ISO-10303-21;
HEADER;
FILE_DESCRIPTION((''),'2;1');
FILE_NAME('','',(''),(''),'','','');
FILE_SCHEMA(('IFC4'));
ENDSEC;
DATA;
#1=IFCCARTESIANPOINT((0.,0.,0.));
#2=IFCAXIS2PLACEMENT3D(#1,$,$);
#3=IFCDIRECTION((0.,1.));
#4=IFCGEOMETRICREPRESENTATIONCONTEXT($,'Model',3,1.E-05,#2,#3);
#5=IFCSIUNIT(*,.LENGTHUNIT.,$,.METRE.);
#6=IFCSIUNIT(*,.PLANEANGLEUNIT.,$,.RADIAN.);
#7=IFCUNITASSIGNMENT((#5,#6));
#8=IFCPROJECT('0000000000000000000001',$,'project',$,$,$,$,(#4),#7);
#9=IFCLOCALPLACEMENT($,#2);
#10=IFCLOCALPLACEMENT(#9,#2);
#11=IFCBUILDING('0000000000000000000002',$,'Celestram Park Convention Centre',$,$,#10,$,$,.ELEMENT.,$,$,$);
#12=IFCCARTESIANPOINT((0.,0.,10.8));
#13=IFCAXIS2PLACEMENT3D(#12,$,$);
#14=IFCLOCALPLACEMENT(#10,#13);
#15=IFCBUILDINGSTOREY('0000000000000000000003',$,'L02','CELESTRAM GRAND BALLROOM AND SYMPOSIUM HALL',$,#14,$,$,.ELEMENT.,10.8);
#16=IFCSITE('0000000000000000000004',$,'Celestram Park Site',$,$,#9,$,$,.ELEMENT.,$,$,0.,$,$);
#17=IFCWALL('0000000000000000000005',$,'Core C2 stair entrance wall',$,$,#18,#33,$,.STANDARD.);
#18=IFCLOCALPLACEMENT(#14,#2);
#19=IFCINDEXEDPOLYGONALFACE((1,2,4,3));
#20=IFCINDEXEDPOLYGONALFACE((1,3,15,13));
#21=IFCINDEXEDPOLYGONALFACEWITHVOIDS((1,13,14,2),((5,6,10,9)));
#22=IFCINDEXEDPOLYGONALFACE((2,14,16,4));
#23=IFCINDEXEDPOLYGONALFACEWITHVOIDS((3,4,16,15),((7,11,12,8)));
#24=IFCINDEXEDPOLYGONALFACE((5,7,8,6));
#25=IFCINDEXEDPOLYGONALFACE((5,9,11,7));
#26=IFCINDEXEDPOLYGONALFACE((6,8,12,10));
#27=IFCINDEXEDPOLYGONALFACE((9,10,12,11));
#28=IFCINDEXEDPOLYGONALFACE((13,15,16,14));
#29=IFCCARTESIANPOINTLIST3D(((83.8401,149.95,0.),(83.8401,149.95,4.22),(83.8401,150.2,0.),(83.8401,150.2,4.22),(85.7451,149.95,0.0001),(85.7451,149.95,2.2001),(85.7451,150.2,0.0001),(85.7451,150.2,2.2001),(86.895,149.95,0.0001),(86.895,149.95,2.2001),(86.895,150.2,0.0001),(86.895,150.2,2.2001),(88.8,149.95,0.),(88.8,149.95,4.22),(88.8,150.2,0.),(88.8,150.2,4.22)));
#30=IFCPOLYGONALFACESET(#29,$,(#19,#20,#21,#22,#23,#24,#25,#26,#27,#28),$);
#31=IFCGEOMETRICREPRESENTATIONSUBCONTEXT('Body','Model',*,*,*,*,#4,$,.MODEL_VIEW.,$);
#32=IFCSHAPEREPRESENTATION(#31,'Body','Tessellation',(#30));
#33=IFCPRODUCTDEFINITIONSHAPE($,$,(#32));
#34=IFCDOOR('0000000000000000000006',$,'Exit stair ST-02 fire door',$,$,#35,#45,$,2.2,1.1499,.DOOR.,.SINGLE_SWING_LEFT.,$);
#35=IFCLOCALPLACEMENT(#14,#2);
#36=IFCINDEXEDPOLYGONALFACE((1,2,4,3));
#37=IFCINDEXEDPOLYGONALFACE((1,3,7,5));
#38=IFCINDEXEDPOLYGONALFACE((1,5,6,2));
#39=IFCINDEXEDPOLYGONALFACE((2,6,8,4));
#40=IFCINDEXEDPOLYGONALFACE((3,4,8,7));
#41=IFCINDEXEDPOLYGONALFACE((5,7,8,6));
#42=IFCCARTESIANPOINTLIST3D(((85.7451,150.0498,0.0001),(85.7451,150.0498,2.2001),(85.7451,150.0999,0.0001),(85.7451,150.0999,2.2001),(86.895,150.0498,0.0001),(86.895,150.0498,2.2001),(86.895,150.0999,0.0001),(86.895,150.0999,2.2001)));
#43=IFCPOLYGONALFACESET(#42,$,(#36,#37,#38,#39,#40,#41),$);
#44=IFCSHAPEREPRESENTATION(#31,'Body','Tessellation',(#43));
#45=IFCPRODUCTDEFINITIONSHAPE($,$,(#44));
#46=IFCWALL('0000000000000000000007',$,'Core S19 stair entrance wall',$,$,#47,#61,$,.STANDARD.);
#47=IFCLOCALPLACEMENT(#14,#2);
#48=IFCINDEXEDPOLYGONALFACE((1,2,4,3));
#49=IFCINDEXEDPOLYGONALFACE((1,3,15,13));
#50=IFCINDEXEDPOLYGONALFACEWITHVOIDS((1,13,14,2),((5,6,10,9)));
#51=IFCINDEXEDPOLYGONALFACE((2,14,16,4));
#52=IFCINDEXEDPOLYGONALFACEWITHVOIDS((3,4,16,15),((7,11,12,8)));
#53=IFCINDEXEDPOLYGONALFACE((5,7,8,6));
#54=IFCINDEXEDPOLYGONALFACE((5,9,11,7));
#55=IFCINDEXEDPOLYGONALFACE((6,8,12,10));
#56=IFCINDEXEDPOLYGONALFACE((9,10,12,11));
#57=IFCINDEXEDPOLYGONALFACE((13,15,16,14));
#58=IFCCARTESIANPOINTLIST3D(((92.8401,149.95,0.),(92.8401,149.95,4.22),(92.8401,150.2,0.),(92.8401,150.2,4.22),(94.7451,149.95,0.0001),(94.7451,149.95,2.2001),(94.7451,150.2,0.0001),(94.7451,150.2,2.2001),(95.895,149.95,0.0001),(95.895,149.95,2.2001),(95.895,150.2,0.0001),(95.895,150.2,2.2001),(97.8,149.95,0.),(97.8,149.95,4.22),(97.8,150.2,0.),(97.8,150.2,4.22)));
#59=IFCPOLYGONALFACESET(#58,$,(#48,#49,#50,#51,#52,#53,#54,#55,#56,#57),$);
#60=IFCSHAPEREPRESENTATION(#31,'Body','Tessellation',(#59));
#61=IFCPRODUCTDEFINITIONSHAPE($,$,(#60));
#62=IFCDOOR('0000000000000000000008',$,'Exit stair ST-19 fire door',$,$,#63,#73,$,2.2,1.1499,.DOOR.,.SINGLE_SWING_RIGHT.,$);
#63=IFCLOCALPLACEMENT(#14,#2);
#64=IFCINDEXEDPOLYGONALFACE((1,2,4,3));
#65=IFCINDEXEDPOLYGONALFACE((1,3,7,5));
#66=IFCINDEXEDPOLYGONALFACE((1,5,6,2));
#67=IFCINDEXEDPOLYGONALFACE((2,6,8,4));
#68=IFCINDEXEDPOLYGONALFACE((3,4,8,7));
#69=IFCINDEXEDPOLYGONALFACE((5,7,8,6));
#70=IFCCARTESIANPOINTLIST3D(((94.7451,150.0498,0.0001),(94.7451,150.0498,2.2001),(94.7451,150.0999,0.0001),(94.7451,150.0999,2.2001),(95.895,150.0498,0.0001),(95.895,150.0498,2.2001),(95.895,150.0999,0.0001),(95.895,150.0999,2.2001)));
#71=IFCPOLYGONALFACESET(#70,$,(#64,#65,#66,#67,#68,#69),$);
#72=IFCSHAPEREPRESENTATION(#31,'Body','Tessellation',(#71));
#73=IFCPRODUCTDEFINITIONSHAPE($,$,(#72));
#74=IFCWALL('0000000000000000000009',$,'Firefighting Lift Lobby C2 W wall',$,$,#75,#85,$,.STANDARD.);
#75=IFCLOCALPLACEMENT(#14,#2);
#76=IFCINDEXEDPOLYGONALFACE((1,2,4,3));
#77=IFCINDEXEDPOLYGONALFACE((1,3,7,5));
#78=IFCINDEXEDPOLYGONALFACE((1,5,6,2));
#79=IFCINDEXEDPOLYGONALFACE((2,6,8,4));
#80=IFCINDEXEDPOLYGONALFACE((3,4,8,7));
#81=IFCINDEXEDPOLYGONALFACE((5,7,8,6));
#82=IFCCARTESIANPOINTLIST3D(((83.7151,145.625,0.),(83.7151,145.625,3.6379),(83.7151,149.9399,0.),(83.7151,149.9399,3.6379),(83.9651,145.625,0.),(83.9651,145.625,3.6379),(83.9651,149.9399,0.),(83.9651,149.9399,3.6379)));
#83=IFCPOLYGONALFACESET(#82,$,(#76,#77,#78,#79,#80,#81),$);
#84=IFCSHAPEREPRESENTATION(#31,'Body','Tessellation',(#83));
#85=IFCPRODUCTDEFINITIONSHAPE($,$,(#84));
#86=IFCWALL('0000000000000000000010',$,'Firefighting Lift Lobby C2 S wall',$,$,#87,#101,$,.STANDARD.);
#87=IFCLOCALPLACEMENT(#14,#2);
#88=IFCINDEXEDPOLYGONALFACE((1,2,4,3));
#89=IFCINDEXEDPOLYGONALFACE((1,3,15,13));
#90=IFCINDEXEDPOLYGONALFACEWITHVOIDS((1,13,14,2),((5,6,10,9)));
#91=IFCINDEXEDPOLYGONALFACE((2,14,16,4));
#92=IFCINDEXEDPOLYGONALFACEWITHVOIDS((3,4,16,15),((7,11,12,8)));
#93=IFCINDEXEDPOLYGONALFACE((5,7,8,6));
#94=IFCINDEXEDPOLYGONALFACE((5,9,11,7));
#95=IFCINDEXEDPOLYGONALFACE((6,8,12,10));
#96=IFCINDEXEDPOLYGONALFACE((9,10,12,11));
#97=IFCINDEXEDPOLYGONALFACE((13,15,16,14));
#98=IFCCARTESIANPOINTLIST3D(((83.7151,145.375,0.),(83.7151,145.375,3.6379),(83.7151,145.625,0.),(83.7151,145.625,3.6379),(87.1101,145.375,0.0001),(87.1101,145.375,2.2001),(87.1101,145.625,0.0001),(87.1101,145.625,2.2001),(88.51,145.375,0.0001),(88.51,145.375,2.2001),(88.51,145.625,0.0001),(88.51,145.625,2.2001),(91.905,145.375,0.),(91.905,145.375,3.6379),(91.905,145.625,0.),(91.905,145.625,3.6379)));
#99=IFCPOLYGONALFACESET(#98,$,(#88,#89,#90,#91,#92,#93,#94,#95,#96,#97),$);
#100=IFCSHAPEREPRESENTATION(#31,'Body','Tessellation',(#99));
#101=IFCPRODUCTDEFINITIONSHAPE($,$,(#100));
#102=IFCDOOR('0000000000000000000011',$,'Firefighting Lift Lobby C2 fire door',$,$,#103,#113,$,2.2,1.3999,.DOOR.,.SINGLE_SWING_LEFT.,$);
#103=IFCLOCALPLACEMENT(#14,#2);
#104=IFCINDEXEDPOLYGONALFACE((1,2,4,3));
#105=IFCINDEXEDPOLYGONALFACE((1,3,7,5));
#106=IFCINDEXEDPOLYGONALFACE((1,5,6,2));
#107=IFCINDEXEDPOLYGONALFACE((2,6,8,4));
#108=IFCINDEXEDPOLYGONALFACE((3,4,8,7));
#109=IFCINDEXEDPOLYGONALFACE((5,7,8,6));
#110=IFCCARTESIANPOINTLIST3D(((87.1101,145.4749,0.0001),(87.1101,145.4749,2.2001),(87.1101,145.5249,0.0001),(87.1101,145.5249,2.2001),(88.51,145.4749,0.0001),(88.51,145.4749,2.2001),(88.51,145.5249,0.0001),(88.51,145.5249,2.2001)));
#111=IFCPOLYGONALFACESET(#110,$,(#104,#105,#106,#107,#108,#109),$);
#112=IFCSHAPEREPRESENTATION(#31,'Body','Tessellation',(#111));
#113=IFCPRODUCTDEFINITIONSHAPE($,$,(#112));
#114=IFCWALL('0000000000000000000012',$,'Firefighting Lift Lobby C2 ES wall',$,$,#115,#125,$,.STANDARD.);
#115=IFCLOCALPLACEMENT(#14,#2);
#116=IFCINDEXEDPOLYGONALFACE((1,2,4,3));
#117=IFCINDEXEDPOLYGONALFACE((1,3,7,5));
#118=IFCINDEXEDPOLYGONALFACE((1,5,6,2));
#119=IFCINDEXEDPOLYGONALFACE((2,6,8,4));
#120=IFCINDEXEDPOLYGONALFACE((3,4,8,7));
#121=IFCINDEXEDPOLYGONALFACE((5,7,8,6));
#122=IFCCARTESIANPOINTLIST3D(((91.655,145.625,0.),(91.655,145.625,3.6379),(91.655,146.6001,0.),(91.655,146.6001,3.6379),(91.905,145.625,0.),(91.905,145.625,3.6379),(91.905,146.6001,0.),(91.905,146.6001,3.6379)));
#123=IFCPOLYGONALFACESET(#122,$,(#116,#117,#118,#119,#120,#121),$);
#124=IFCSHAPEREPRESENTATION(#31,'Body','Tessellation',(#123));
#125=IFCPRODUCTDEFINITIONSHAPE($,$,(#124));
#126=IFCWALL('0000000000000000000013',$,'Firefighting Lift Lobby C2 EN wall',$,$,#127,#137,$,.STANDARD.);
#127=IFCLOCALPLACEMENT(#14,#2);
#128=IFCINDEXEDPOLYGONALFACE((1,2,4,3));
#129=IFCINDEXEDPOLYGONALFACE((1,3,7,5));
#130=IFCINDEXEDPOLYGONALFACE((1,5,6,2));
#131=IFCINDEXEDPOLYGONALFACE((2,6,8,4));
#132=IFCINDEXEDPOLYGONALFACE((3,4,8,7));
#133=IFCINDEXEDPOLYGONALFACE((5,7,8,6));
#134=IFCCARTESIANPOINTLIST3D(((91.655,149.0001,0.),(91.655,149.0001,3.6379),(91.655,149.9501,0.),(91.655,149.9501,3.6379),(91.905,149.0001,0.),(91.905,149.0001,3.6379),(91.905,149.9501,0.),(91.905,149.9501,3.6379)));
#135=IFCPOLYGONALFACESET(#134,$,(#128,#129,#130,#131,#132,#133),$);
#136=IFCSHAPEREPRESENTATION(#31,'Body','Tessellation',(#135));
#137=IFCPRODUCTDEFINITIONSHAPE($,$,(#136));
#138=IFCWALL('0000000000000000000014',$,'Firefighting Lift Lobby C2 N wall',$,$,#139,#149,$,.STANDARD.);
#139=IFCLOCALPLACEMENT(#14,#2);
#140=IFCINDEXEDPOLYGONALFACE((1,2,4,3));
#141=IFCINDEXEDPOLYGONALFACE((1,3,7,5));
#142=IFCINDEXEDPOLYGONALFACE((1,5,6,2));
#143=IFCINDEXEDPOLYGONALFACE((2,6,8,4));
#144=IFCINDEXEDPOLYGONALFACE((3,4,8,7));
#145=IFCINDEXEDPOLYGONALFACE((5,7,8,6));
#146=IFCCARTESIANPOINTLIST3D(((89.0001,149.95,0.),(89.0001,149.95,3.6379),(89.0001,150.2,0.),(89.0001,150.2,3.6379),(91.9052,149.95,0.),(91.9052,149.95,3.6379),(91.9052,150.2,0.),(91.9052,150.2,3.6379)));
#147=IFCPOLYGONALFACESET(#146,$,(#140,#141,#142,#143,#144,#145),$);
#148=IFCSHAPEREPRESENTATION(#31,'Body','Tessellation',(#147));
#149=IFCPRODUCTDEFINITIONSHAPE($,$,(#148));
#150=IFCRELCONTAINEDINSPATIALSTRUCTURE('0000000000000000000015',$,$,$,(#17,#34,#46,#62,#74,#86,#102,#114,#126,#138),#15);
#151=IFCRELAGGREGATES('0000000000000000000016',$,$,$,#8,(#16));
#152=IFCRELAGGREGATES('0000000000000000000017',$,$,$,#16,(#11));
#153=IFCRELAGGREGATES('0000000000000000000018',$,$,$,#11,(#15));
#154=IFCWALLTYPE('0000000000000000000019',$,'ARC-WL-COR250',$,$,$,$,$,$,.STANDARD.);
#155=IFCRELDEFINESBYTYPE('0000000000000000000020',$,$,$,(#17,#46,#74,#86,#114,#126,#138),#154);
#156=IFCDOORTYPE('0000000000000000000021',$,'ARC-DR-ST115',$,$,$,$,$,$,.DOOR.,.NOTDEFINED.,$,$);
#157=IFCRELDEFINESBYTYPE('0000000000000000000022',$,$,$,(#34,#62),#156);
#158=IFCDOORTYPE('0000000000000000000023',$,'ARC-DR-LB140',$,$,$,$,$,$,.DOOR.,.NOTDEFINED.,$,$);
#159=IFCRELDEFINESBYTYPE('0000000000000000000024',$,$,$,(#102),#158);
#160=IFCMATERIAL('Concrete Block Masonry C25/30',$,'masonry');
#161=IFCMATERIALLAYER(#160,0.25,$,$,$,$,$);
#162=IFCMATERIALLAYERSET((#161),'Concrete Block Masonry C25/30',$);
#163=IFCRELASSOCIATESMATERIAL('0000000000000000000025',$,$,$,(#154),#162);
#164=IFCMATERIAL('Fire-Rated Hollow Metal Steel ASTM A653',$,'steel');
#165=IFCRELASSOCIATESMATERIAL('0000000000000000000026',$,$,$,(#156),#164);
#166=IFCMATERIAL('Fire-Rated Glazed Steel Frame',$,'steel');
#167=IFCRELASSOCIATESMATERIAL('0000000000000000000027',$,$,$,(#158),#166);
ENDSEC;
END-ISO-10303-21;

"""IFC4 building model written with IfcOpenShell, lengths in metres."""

from ifc_helpers import new_model, si_unit, direction, frame, frame_2d, origin, place, context, subcontext, project, spatial, rectangle, extrude, material, layer, layer_set, type_object, element, fill, save


model = new_model("IFC4")

# Units and contexts
model_context = context("Model", 3, precision=1e-05, world=origin(), true_north=direction((0.0, 1.0)))
body_context = subcontext(model_context, "Body", "Model", "MODEL_VIEW")
ifc_project = project(units=[si_unit("LENGTHUNIT", "METRE"), si_unit("PLANEANGLEUNIT", "RADIAN")], contexts=[model_context])

# Site, building, storey
site_placement = place(None, origin())
site = spatial("IfcSite", under=ifc_project, at=site_placement, Name="Celestram Park Site", CompositionType="ELEMENT", RefElevation=0.0)
building_placement = place(site_placement, origin())
building = spatial("IfcBuilding", under=site, at=building_placement, Name="Celestram Park Convention Centre", CompositionType="ELEMENT")
storey_placement = place(building_placement, frame((0.0, 0.0, 10.8)))
storey = spatial("IfcBuildingStorey", under=building, at=storey_placement, Name="L02", Description="CELESTRAM GRAND BALLROOM AND SYMPOSIUM HALL", CompositionType="ELEMENT", Elevation=10.8)

# Walls, openings, doors
ifc_material_1 = material(Name="Concrete Block Masonry C25/30", Category="masonry")
ifc_layer_1 = layer(ifc_material_1, 0.25)
ifc_layer_set_1 = layer_set([ifc_layer_1], Name="Concrete Block Masonry C25/30")
wall_type_1 = type_object("IfcWallType", Name="ARC-WL-COR250", PredefinedType="STANDARD", material=ifc_layer_set_1)
wall_1_placement = place(storey_placement, frame((83.8401, 150.075, 0.0), z_axis=(0.0, 0.0, 1.0), x_axis=(1.0, 0.0, 0.0)))
wall_1 = element("IfcWall", 1, at=wall_1_placement, inside=storey, type_object=wall_type_1, Name="Core C2 stair entrance wall", PredefinedType="STANDARD", context=body_context, shape_type="SweptSolid", body=[
    extrude(rectangle(XDim=4.96, YDim=0.25, at=frame_2d((2.48, 0.0))), origin(), (0.0, 0.0, 1.0), 4.22),
])
opening_1_placement = place(wall_1_placement, frame((1.905, 0.0, 0.0)))
opening_1 = element("IfcOpeningElement", 2, at=opening_1_placement, cuts=wall_1, PredefinedType="OPENING", context=body_context, shape_type="SweptSolid", body=[
    extrude(rectangle(XDim=1.1499, YDim=2.2, at=frame_2d((0.575, 1.1001))), frame((0.0, 0.135, 0.0), z_axis=(0.0, -1.0, 0.0), x_axis=(1.0, 0.0, 0.0)), (0.0, 0.0, 1.0), 0.27),
])
ifc_material_2 = material(Name="Fire-Rated Hollow Metal Steel ASTM A653", Category="steel")
door_type_1 = type_object("IfcDoorType", Name="ARC-DR-ST115", OperationType="NOTDEFINED", PredefinedType="DOOR", material=ifc_material_2)
door_1_placement = place(opening_1_placement, origin())
door_1 = element("IfcDoor", 3, at=door_1_placement, inside=storey, type_object=door_type_1, Name="Exit stair ST-02 fire door", OperationType="SINGLE_SWING_LEFT", OverallHeight=2.2, OverallWidth=1.1499, PredefinedType="DOOR", context=body_context, shape_type="SweptSolid", body=[
    extrude(rectangle(XDim=1.1499, YDim=2.2, at=frame_2d((0.575, 1.1001))), frame((0.0, 0.0249, 0.0), z_axis=(0.0, -1.0, 0.0), x_axis=(1.0, 0.0, 0.0)), (0.0, 0.0, 1.0), 0.05),
])
fill(opening_1, door_1)
wall_2_placement = place(storey_placement, frame((92.8401, 150.075, 0.0), z_axis=(0.0, 0.0, 1.0), x_axis=(1.0, 0.0, 0.0)))
wall_2 = element("IfcWall", 4, at=wall_2_placement, inside=storey, type_object=wall_type_1, Name="Core S19 stair entrance wall", PredefinedType="STANDARD", context=body_context, shape_type="SweptSolid", body=[
    extrude(rectangle(XDim=4.96, YDim=0.25, at=frame_2d((2.48, 0.0))), origin(), (0.0, 0.0, 1.0), 4.22),
])
opening_2_placement = place(wall_2_placement, frame((1.905, 0.0, 0.0)))
opening_2 = element("IfcOpeningElement", 5, at=opening_2_placement, cuts=wall_2, PredefinedType="OPENING", context=body_context, shape_type="SweptSolid", body=[
    extrude(rectangle(XDim=1.1499, YDim=2.2, at=frame_2d((0.575, 1.1001))), frame((0.0, 0.135, 0.0), z_axis=(0.0, -1.0, 0.0), x_axis=(1.0, 0.0, 0.0)), (0.0, 0.0, 1.0), 0.27),
])
door_2_placement = place(opening_2_placement, origin())
door_2 = element("IfcDoor", 6, at=door_2_placement, inside=storey, type_object=door_type_1, Name="Exit stair ST-19 fire door", OperationType="SINGLE_SWING_RIGHT", OverallHeight=2.2, OverallWidth=1.1499, PredefinedType="DOOR", context=body_context, shape_type="SweptSolid", body=[
    extrude(rectangle(XDim=1.1499, YDim=2.2, at=frame_2d((0.575, 1.1001))), frame((0.0, 0.0249, 0.0), z_axis=(0.0, -1.0, 0.0), x_axis=(1.0, 0.0, 0.0)), (0.0, 0.0, 1.0), 0.05),
])
fill(opening_2, door_2)

# Wall
wall_3_placement = place(storey_placement, frame((83.8401, 149.9399, 0.0), z_axis=(0.0, 0.0, 1.0), x_axis=(0.0, -1.0, 0.0)))
element("IfcWall", 7, at=wall_3_placement, inside=storey, type_object=wall_type_1, Name="Firefighting Lift Lobby C2 W wall", PredefinedType="STANDARD", context=body_context, shape_type="SweptSolid", body=[
    extrude(rectangle(XDim=4.3149, YDim=0.25, at=frame_2d((2.1575, 0.0))), origin(), (0.0, 0.0, 1.0), 3.6379),
])

# Wall, opening, door
wall_4_placement = place(storey_placement, frame((83.7151, 145.5, 0.0), z_axis=(0.0, 0.0, 1.0), x_axis=(1.0, 0.0, 0.0)))
wall_4 = element("IfcWall", 8, at=wall_4_placement, inside=storey, type_object=wall_type_1, Name="Firefighting Lift Lobby C2 S wall", PredefinedType="STANDARD", context=body_context, shape_type="SweptSolid", body=[
    extrude(rectangle(XDim=8.1899, YDim=0.25, at=frame_2d((4.095, 0.0))), origin(), (0.0, 0.0, 1.0), 3.6379),
])
opening_3_placement = place(wall_4_placement, frame((3.395, 0.0, 0.0)))
opening_3 = element("IfcOpeningElement", 9, at=opening_3_placement, cuts=wall_4, PredefinedType="OPENING", context=body_context, shape_type="SweptSolid", body=[
    extrude(rectangle(XDim=1.3999, YDim=2.2, at=frame_2d((0.7, 1.1001))), frame((0.0, 0.135, 0.0), z_axis=(0.0, -1.0, 0.0), x_axis=(1.0, 0.0, 0.0)), (0.0, 0.0, 1.0), 0.27),
])
ifc_material_3 = material(Name="Fire-Rated Glazed Steel Frame", Category="steel")
door_type_2 = type_object("IfcDoorType", Name="ARC-DR-LB140", OperationType="NOTDEFINED", PredefinedType="DOOR", material=ifc_material_3)
door_3_placement = place(opening_3_placement, origin())
door_3 = element("IfcDoor", 10, at=door_3_placement, inside=storey, type_object=door_type_2, Name="Firefighting Lift Lobby C2 fire door", OperationType="SINGLE_SWING_LEFT", OverallHeight=2.2, OverallWidth=1.3999, PredefinedType="DOOR", context=body_context, shape_type="SweptSolid", body=[
    extrude(rectangle(XDim=1.3999, YDim=2.2, at=frame_2d((0.7, 1.1001))), frame((0.0, 0.0249, 0.0), z_axis=(0.0, -1.0, 0.0), x_axis=(1.0, 0.0, 0.0)), (0.0, 0.0, 1.0), 0.05),
])
fill(opening_3, door_3)

# Walls
wall_5_placement = place(storey_placement, frame((91.78, 145.625, 0.0), z_axis=(0.0, 0.0, 1.0), x_axis=(0.0, 1.0, 0.0)))
element("IfcWall", 11, at=wall_5_placement, inside=storey, type_object=wall_type_1, Name="Firefighting Lift Lobby C2 ES wall", PredefinedType="STANDARD", context=body_context, shape_type="SweptSolid", body=[
    extrude(rectangle(XDim=0.9751, YDim=0.25, at=frame_2d((0.4875, 0.0))), origin(), (0.0, 0.0, 1.0), 3.6379),
])
wall_6_placement = place(storey_placement, frame((91.78, 149.0, 0.0), z_axis=(0.0, 0.0, 1.0), x_axis=(0.0, 1.0, 0.0)))
element("IfcWall", 12, at=wall_6_placement, inside=storey, type_object=wall_type_1, Name="Firefighting Lift Lobby C2 EN wall", PredefinedType="STANDARD", context=body_context, shape_type="SweptSolid", body=[
    extrude(rectangle(XDim=0.95, YDim=0.25, at=frame_2d((0.4751, 0.0))), origin(), (0.0, 0.0, 1.0), 3.6379),
])
wall_7_placement = place(storey_placement, frame((89.0, 150.075, 0.0), z_axis=(0.0, 0.0, 1.0), x_axis=(1.0, 0.0, 0.0)))
element("IfcWall", 13, at=wall_7_placement, inside=storey, type_object=wall_type_1, Name="Firefighting Lift Lobby C2 N wall", PredefinedType="STANDARD", context=body_context, shape_type="SweptSolid", body=[
    extrude(rectangle(XDim=2.905, YDim=0.25, at=frame_2d((1.4526, 0.0))), origin(), (0.0, 0.0, 1.0), 3.6379),
])

save(model, "model.ifc")
